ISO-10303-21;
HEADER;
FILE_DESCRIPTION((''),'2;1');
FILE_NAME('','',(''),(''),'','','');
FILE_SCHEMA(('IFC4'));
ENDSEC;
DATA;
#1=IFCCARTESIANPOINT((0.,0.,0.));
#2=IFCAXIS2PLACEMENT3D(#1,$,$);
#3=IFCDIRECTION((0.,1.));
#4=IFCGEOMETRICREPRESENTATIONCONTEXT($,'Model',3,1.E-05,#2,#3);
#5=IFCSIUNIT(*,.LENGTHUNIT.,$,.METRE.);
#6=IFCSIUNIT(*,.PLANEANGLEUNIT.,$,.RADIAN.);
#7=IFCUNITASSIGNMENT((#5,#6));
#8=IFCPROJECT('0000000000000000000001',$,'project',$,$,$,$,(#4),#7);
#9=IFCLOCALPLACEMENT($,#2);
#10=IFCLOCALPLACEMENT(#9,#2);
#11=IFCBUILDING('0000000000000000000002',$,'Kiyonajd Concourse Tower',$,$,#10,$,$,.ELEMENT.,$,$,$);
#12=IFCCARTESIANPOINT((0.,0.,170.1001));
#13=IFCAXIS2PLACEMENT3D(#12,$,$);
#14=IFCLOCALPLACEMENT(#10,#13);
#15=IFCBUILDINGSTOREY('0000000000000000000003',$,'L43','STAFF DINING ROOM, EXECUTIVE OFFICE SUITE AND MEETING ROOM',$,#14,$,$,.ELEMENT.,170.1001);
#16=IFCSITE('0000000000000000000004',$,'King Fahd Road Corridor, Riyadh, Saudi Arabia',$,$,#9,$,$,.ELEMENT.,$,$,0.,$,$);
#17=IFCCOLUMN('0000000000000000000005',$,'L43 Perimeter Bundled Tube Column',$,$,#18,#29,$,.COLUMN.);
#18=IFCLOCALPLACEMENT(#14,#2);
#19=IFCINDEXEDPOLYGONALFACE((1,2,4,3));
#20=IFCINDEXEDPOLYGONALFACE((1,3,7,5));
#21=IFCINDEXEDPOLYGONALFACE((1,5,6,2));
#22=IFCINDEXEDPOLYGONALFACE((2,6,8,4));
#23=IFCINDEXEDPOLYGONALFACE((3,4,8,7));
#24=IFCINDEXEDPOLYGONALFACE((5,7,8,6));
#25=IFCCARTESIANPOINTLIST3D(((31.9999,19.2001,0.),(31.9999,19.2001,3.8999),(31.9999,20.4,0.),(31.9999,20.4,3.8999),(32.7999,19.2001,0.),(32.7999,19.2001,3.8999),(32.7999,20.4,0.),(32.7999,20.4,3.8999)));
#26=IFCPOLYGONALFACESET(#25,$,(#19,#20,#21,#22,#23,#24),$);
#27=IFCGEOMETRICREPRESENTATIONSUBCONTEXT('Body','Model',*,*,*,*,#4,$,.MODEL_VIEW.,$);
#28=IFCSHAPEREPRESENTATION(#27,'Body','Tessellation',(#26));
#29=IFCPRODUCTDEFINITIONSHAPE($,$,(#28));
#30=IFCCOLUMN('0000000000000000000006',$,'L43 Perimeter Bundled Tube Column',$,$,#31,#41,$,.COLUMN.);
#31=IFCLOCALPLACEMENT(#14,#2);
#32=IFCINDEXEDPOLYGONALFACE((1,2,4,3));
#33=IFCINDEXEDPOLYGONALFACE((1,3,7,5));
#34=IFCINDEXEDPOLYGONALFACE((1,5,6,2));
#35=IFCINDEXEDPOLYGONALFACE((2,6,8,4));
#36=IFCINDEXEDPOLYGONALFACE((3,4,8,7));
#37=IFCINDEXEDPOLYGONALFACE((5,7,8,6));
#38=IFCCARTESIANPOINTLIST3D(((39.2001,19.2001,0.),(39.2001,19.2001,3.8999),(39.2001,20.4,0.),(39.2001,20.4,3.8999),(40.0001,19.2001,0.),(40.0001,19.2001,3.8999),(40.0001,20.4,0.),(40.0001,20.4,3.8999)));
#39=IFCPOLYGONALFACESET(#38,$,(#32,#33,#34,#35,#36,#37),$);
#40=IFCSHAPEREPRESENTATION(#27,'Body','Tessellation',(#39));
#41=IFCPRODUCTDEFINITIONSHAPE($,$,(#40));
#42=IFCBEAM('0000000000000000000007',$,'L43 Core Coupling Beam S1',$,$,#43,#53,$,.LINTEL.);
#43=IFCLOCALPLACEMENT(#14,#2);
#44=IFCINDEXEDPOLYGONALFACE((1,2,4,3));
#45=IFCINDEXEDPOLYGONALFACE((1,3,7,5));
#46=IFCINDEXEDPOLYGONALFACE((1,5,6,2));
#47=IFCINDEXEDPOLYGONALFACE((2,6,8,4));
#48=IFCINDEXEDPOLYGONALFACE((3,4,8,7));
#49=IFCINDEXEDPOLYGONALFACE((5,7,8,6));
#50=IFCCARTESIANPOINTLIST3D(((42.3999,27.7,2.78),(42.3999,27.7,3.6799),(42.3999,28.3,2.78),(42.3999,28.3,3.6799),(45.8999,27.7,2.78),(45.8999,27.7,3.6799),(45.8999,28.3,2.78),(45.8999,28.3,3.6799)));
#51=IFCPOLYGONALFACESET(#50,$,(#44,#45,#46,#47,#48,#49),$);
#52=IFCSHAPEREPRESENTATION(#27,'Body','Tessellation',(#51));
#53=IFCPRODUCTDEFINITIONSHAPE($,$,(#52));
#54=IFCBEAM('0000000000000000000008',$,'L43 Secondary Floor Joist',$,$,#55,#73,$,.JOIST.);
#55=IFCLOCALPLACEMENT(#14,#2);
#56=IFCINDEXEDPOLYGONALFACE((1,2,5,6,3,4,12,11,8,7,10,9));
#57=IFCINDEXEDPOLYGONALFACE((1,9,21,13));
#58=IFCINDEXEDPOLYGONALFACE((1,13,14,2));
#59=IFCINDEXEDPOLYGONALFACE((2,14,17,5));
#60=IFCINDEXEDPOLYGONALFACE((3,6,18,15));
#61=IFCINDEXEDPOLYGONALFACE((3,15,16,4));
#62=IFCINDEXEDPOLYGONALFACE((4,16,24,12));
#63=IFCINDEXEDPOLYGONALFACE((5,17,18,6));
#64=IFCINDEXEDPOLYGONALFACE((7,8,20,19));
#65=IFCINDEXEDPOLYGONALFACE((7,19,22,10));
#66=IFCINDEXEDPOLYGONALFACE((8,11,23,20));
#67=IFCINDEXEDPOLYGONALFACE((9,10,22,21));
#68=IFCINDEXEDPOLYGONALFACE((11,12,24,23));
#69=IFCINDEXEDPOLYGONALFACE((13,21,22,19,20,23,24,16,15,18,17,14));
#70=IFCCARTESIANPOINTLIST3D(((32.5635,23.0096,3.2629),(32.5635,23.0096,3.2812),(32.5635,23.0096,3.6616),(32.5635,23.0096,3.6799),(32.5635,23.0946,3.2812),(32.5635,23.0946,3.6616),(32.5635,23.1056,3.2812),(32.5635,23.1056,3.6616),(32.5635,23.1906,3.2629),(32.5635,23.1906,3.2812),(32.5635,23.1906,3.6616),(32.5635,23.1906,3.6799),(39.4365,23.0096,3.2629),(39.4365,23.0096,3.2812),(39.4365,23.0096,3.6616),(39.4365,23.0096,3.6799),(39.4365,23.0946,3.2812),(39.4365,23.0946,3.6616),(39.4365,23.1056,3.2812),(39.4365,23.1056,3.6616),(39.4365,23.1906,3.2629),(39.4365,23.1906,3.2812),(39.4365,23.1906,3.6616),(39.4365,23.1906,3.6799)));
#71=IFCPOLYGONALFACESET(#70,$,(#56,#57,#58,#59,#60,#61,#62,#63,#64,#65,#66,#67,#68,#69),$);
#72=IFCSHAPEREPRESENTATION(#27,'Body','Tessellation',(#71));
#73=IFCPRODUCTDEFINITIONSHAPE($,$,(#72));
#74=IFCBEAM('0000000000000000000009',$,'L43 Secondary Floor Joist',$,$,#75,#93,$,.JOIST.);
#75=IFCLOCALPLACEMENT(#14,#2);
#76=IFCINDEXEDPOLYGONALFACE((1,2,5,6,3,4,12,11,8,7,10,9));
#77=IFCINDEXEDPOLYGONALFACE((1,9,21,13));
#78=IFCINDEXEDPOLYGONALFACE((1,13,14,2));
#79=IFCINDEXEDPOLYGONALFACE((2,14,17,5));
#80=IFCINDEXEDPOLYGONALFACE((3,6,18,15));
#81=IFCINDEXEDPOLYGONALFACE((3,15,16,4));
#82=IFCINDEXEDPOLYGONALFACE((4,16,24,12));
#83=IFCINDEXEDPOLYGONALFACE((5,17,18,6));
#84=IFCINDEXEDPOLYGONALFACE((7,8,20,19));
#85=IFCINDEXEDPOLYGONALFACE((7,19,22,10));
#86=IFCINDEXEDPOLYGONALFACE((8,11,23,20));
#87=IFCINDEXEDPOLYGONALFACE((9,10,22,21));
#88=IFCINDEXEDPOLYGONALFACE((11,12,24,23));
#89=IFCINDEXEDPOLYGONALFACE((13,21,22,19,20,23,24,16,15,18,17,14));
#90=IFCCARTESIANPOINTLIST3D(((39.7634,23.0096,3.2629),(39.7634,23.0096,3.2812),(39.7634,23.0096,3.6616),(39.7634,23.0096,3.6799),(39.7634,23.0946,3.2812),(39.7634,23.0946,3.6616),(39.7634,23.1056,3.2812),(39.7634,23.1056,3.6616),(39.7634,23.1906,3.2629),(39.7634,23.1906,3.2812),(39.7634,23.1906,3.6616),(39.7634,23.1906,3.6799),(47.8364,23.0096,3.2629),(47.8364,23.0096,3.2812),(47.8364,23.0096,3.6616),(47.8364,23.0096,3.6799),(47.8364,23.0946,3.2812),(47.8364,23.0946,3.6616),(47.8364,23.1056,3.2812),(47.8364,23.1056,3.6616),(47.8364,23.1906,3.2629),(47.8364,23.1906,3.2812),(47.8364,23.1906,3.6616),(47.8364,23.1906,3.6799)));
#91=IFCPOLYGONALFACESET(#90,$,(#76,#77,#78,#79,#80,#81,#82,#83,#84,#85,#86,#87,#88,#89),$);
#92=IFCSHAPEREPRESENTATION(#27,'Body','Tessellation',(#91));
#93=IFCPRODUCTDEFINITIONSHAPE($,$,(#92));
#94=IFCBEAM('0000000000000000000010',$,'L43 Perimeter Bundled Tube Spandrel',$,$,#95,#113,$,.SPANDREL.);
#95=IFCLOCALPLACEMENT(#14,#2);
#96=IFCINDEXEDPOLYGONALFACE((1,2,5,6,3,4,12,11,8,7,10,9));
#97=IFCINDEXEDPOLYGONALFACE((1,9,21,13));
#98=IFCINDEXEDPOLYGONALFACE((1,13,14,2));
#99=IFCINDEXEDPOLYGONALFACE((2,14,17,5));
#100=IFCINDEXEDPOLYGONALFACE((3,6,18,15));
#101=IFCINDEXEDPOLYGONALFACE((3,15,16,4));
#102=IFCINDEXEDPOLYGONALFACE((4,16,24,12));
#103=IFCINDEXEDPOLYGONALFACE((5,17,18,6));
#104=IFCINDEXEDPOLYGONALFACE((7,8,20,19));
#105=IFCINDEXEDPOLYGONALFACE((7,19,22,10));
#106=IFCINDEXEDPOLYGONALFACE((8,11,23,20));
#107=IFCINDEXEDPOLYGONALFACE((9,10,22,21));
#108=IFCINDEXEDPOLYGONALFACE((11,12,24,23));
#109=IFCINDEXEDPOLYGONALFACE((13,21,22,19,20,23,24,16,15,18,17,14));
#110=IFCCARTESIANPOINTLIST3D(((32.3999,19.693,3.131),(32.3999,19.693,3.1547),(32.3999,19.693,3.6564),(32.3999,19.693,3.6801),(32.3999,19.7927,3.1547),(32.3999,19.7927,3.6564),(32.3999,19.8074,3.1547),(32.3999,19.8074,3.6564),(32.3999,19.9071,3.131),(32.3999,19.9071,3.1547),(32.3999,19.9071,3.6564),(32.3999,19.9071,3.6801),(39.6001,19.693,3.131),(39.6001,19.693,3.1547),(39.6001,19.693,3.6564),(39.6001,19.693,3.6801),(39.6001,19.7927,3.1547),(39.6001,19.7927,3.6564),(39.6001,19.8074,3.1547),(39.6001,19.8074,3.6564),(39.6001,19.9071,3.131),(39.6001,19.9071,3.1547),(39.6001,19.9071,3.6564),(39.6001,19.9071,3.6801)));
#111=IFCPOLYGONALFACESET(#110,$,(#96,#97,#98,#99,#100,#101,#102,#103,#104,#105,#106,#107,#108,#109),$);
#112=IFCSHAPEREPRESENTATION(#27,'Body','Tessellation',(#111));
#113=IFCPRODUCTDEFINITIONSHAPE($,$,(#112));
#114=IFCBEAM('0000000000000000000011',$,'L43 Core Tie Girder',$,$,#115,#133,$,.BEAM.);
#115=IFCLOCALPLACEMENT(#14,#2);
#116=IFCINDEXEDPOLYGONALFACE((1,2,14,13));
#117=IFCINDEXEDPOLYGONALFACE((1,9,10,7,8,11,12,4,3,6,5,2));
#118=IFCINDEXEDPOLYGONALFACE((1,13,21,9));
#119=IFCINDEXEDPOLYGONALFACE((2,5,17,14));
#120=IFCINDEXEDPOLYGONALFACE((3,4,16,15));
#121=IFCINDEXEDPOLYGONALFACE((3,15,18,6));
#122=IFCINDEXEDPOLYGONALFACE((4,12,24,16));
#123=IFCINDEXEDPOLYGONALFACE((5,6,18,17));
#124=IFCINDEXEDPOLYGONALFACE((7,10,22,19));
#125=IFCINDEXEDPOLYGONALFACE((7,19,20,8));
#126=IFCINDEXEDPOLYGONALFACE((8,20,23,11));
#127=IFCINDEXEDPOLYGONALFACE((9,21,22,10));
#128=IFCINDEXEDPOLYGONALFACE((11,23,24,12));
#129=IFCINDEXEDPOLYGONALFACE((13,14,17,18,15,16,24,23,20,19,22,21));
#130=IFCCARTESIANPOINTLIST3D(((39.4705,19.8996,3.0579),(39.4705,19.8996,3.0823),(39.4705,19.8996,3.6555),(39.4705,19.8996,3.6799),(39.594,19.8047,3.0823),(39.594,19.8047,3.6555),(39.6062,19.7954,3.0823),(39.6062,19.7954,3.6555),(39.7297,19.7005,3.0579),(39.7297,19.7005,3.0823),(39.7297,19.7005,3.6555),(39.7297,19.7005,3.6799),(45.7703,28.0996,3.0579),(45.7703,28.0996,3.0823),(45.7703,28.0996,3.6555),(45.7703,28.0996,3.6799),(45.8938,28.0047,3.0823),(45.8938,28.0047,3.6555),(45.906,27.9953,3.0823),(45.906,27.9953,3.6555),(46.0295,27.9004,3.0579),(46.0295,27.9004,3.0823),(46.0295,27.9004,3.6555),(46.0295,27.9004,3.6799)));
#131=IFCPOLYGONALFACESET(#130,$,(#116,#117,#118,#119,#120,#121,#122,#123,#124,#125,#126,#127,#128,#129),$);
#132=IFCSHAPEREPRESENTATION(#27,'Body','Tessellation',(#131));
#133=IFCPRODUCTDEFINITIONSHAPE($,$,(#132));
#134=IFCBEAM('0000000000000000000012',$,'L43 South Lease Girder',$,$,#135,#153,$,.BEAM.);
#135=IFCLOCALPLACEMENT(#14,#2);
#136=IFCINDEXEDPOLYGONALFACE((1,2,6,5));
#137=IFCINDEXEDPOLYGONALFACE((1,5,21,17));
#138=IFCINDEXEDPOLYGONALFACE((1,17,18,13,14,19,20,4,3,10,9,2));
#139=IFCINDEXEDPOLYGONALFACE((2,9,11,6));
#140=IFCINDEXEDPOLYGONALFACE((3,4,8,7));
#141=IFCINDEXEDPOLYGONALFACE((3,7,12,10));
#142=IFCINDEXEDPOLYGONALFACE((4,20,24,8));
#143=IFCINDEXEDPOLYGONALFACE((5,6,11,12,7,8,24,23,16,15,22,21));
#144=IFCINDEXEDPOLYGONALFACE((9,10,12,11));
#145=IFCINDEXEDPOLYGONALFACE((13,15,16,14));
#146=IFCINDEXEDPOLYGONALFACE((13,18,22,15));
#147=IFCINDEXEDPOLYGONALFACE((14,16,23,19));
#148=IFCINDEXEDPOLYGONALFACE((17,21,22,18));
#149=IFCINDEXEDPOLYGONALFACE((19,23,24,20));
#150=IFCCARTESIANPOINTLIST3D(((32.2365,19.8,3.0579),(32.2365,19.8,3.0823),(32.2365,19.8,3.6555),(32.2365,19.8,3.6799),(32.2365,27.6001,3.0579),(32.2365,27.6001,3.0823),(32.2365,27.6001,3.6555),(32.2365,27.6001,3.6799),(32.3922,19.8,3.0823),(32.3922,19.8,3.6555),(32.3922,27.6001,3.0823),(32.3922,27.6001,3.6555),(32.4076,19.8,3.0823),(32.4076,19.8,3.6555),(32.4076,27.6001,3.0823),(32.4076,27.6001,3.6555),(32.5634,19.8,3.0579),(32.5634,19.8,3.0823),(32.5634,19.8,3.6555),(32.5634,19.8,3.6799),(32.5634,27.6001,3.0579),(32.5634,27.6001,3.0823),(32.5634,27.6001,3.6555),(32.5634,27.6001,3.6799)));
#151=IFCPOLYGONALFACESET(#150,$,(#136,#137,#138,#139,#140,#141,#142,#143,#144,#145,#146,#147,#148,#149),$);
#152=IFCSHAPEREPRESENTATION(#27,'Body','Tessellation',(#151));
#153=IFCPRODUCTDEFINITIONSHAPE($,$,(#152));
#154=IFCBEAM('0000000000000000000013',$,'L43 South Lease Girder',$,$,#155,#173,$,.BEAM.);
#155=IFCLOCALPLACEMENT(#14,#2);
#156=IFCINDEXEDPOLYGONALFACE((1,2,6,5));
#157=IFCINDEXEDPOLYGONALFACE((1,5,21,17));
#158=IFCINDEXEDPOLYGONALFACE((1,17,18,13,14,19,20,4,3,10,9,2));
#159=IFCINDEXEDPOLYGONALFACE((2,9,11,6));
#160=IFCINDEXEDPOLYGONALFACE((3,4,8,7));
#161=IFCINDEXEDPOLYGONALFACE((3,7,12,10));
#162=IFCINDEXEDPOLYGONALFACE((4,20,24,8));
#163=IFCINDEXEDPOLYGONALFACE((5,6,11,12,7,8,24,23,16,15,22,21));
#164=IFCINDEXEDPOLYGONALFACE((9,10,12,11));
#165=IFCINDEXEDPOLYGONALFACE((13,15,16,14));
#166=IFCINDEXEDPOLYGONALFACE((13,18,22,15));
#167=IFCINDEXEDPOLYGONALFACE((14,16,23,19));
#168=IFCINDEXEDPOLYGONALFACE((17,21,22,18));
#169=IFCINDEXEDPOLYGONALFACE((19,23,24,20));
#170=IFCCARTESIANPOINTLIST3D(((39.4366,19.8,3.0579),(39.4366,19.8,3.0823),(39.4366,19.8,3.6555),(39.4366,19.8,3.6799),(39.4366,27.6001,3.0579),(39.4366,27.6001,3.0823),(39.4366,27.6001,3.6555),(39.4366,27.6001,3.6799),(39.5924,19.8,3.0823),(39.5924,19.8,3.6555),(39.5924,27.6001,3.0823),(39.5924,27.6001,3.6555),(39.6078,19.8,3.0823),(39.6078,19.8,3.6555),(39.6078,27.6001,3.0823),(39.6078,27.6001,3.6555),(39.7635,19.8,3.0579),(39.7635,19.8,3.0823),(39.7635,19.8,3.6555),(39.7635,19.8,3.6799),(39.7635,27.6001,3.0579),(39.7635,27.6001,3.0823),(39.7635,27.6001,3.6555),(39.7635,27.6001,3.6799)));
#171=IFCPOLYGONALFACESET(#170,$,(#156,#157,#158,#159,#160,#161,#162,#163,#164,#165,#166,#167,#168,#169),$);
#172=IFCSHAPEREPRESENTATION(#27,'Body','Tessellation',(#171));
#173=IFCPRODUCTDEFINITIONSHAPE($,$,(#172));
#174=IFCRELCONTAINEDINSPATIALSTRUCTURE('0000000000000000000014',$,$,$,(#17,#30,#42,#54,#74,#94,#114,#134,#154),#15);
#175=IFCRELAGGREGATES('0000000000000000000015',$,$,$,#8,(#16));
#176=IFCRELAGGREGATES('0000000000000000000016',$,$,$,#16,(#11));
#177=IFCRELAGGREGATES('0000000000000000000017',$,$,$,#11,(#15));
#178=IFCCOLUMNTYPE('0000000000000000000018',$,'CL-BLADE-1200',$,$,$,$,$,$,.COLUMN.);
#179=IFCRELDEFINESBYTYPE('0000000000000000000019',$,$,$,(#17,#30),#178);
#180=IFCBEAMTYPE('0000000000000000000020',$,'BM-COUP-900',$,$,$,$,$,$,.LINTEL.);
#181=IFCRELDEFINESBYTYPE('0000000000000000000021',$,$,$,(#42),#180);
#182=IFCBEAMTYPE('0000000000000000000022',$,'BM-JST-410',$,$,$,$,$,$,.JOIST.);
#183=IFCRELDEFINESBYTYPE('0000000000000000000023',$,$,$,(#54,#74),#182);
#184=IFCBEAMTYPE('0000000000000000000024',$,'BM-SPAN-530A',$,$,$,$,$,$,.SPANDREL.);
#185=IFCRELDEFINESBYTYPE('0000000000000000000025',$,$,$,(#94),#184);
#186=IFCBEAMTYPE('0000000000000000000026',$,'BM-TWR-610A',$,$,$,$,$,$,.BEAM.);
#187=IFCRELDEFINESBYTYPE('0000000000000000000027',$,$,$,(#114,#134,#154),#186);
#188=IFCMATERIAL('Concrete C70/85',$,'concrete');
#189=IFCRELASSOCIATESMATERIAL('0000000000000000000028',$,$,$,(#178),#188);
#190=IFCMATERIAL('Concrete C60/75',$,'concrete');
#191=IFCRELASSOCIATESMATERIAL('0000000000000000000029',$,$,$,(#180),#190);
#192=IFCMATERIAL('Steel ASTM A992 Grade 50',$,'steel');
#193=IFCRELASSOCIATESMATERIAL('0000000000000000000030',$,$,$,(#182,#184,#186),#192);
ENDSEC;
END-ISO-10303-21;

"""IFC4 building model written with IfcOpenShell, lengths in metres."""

from ifc_helpers import new_model, si_unit, direction, frame, origin, origin_2d, place, context, subcontext, project, spatial, rectangle, i_section, extrude, material, material_profile, profile_set, type_object, element, save


model = new_model("IFC4")

# Units and contexts
model_context = context("Model", 3, precision=1e-05, world=origin(), true_north=direction((0.0, 1.0)))
body_context = subcontext(model_context, "Body", "Model", "MODEL_VIEW")
ifc_project = project(units=[si_unit("LENGTHUNIT", "METRE"), si_unit("PLANEANGLEUNIT", "RADIAN")], contexts=[model_context])

# Site, building, storey
site_placement = place(None, origin())
site = spatial("IfcSite", under=ifc_project, at=site_placement, Name="King Fahd Road Corridor, Riyadh, Saudi Arabia", CompositionType="ELEMENT", RefElevation=0.0)
building_placement = place(site_placement, origin())
building = spatial("IfcBuilding", under=site, at=building_placement, Name="Kiyonajd Concourse Tower", CompositionType="ELEMENT")
storey_placement = place(building_placement, frame((0.0, 0.0, 170.1001)))
storey = spatial("IfcBuildingStorey", under=building, at=storey_placement, Name="L43", Description="STAFF DINING ROOM, EXECUTIVE OFFICE SUITE AND MEETING ROOM", CompositionType="ELEMENT", Elevation=170.1001)

# Columns
ifc_material_1 = material(Name="Concrete C70/85", Category="concrete")
ifc_material_profile_1 = material_profile(ifc_material_1, rectangle(XDim=0.8, YDim=1.2, at=origin_2d()), Name="RC-1200x800")
ifc_profile_set_1 = profile_set([ifc_material_profile_1], Name="Concrete C70/85")
column_type = type_object("IfcColumnType", Name="CL-BLADE-1200", PredefinedType="COLUMN", material=ifc_profile_set_1)
for number, where, z_axis, x_axis, name in (
    (1, (32.3999, 19.8, 0.0), (0.0, 0.0, 1.0), (1.0, 0.0, 0.0), "L43 Perimeter Bundled Tube Column"),
    (2, (39.6001, 19.8, 0.0), (0.0, 0.0, 1.0), (1.0, 0.0, 0.0), "L43 Perimeter Bundled Tube Column"),
):
    element("IfcColumn", number, at=place(storey_placement, frame(where, z_axis=z_axis, x_axis=x_axis)), inside=storey, type_object=column_type, Name=name, PredefinedType="COLUMN", context=body_context, shape_type="SweptSolid", body=[
        extrude(rectangle(XDim=0.8, YDim=1.2, at=origin_2d()), origin(), (0.0, 0.0, 1.0), 3.8999),
    ])

# Beams
ifc_material_2 = material(Name="Concrete C60/75", Category="concrete")
ifc_material_profile_2 = material_profile(ifc_material_2, rectangle(XDim=0.6001, YDim=0.8999, at=origin_2d()), Name="RCBM-600x900")
ifc_profile_set_2 = profile_set([ifc_material_profile_2], Name="Concrete C60/75")
beam_type_1 = type_object("IfcBeamType", Name="BM-COUP-900", PredefinedType="LINTEL", material=ifc_profile_set_2)
beam_1_placement = place(storey_placement, frame((42.3999, 28.0, 3.23), z_axis=(1.0, 0.0, 0.0), x_axis=(0.0, 1.0, 0.0)))
element("IfcBeam", 3, at=beam_1_placement, inside=storey, type_object=beam_type_1, Name="L43 Core Coupling Beam S1", PredefinedType="LINTEL", context=body_context, shape_type="SweptSolid", body=[
    extrude(rectangle(XDim=0.6001, YDim=0.8999, at=origin_2d()), origin(), (0.0, 0.0, 1.0), 3.5),
])
ifc_material_3 = material(Name="Steel ASTM A992 Grade 50", Category="steel")
ifc_material_profile_3 = material_profile(ifc_material_3, i_section(OverallWidth=0.1809, OverallDepth=0.417, WebThickness=0.011, FlangeThickness=0.0183, at=origin_2d()), Name="W410X85")
ifc_profile_set_3 = profile_set([ifc_material_profile_3], Name="Steel ASTM A992 Grade 50")
beam_type_2 = type_object("IfcBeamType", Name="BM-JST-410", PredefinedType="JOIST", material=ifc_profile_set_3)
beam_2_placement = place(storey_placement, frame((32.5635, 23.1001, 3.4714), z_axis=(1.0, 0.0, 0.0), x_axis=(0.0, 1.0, 0.0)))
element("IfcBeam", 4, at=beam_2_placement, inside=storey, type_object=beam_type_2, Name="L43 Secondary Floor Joist", PredefinedType="JOIST", context=body_context, shape_type="SweptSolid", body=[
    extrude(i_section(OverallWidth=0.1809, OverallDepth=0.417, WebThickness=0.011, FlangeThickness=0.0183, at=origin_2d()), origin(), (0.0, 0.0, 1.0), 6.873),
])
beam_3_placement = place(storey_placement, frame((39.7634, 23.1001, 3.4714), z_axis=(1.0, 0.0, 0.0), x_axis=(0.0, 1.0, 0.0)))
element("IfcBeam", 5, at=beam_3_placement, inside=storey, type_object=beam_type_2, Name="L43 Secondary Floor Joist", PredefinedType="JOIST", context=body_context, shape_type="SweptSolid", body=[
    extrude(i_section(OverallWidth=0.1809, OverallDepth=0.417, WebThickness=0.011, FlangeThickness=0.0183, at=origin_2d()), origin(), (0.0, 0.0, 1.0), 8.073),
])
ifc_material_profile_4 = material_profile(ifc_material_3, i_section(OverallWidth=0.2141, OverallDepth=0.5491, WebThickness=0.0146, FlangeThickness=0.0237, at=origin_2d()), Name="W530X138")
ifc_profile_set_4 = profile_set([ifc_material_profile_4], Name="Steel ASTM A992 Grade 50")
beam_type_3 = type_object("IfcBeamType", Name="BM-SPAN-530A", PredefinedType="SPANDREL", material=ifc_profile_set_4)
beam_4_placement = place(storey_placement, frame((32.3999, 19.8, 3.4055), z_axis=(1.0, 0.0, 0.0), x_axis=(0.0, 1.0, 0.0)))
element("IfcBeam", 6, at=beam_4_placement, inside=storey, type_object=beam_type_3, Name="L43 Perimeter Bundled Tube Spandrel", PredefinedType="SPANDREL", context=body_context, shape_type="SweptSolid", body=[
    extrude(i_section(OverallWidth=0.2141, OverallDepth=0.5491, WebThickness=0.0146, FlangeThickness=0.0237, at=origin_2d()), origin(), (0.0, 0.0, 1.0), 7.2002),
])
ifc_material_profile_5 = material_profile(ifc_material_3, i_section(OverallWidth=0.3269, OverallDepth=0.6221, WebThickness=0.0154, FlangeThickness=0.0244, at=origin_2d()), Name="W610X195")
ifc_profile_set_5 = profile_set([ifc_material_profile_5], Name="Steel ASTM A992 Grade 50")
beam_type_4 = type_object("IfcBeamType", Name="BM-TWR-610A", PredefinedType="BEAM", material=ifc_profile_set_5)
beam_5_placement = place(storey_placement, frame((39.6001, 19.8, 3.3689), z_axis=(0.609234, 0.792991, 0.0), x_axis=(-0.792991, 0.609234, 0.0)))
element("IfcBeam", 7, at=beam_5_placement, inside=storey, type_object=beam_type_4, Name="L43 Core Tie Girder", PredefinedType="BEAM", context=body_context, shape_type="SweptSolid", body=[
    extrude(i_section(OverallWidth=0.3269, OverallDepth=0.6221, WebThickness=0.0154, FlangeThickness=0.0244, at=origin_2d()), origin(), (0.0, 0.0, 1.0), 10.3406),
])
for number, where, z_axis, x_axis, name in (
    (8, (32.3999, 19.8, 3.3689), (0.0, 1.0, 0.0), (-1.0, 0.0, 0.0), "L43 South Lease Girder"),
    (9, (39.6001, 19.8, 3.3689), (0.0, 1.0, 0.0), (-1.0, 0.0, 0.0), "L43 South Lease Girder"),
):
    element("IfcBeam", number, at=place(storey_placement, frame(where, z_axis=z_axis, x_axis=x_axis)), inside=storey, type_object=beam_type_4, Name=name, PredefinedType="BEAM", context=body_context, shape_type="SweptSolid", body=[
        extrude(i_section(OverallWidth=0.3269, OverallDepth=0.6221, WebThickness=0.0154, FlangeThickness=0.0244, at=origin_2d()), origin(), (0.0, 0.0, 1.0), 7.8),
    ])

save(model, "model.ifc")
